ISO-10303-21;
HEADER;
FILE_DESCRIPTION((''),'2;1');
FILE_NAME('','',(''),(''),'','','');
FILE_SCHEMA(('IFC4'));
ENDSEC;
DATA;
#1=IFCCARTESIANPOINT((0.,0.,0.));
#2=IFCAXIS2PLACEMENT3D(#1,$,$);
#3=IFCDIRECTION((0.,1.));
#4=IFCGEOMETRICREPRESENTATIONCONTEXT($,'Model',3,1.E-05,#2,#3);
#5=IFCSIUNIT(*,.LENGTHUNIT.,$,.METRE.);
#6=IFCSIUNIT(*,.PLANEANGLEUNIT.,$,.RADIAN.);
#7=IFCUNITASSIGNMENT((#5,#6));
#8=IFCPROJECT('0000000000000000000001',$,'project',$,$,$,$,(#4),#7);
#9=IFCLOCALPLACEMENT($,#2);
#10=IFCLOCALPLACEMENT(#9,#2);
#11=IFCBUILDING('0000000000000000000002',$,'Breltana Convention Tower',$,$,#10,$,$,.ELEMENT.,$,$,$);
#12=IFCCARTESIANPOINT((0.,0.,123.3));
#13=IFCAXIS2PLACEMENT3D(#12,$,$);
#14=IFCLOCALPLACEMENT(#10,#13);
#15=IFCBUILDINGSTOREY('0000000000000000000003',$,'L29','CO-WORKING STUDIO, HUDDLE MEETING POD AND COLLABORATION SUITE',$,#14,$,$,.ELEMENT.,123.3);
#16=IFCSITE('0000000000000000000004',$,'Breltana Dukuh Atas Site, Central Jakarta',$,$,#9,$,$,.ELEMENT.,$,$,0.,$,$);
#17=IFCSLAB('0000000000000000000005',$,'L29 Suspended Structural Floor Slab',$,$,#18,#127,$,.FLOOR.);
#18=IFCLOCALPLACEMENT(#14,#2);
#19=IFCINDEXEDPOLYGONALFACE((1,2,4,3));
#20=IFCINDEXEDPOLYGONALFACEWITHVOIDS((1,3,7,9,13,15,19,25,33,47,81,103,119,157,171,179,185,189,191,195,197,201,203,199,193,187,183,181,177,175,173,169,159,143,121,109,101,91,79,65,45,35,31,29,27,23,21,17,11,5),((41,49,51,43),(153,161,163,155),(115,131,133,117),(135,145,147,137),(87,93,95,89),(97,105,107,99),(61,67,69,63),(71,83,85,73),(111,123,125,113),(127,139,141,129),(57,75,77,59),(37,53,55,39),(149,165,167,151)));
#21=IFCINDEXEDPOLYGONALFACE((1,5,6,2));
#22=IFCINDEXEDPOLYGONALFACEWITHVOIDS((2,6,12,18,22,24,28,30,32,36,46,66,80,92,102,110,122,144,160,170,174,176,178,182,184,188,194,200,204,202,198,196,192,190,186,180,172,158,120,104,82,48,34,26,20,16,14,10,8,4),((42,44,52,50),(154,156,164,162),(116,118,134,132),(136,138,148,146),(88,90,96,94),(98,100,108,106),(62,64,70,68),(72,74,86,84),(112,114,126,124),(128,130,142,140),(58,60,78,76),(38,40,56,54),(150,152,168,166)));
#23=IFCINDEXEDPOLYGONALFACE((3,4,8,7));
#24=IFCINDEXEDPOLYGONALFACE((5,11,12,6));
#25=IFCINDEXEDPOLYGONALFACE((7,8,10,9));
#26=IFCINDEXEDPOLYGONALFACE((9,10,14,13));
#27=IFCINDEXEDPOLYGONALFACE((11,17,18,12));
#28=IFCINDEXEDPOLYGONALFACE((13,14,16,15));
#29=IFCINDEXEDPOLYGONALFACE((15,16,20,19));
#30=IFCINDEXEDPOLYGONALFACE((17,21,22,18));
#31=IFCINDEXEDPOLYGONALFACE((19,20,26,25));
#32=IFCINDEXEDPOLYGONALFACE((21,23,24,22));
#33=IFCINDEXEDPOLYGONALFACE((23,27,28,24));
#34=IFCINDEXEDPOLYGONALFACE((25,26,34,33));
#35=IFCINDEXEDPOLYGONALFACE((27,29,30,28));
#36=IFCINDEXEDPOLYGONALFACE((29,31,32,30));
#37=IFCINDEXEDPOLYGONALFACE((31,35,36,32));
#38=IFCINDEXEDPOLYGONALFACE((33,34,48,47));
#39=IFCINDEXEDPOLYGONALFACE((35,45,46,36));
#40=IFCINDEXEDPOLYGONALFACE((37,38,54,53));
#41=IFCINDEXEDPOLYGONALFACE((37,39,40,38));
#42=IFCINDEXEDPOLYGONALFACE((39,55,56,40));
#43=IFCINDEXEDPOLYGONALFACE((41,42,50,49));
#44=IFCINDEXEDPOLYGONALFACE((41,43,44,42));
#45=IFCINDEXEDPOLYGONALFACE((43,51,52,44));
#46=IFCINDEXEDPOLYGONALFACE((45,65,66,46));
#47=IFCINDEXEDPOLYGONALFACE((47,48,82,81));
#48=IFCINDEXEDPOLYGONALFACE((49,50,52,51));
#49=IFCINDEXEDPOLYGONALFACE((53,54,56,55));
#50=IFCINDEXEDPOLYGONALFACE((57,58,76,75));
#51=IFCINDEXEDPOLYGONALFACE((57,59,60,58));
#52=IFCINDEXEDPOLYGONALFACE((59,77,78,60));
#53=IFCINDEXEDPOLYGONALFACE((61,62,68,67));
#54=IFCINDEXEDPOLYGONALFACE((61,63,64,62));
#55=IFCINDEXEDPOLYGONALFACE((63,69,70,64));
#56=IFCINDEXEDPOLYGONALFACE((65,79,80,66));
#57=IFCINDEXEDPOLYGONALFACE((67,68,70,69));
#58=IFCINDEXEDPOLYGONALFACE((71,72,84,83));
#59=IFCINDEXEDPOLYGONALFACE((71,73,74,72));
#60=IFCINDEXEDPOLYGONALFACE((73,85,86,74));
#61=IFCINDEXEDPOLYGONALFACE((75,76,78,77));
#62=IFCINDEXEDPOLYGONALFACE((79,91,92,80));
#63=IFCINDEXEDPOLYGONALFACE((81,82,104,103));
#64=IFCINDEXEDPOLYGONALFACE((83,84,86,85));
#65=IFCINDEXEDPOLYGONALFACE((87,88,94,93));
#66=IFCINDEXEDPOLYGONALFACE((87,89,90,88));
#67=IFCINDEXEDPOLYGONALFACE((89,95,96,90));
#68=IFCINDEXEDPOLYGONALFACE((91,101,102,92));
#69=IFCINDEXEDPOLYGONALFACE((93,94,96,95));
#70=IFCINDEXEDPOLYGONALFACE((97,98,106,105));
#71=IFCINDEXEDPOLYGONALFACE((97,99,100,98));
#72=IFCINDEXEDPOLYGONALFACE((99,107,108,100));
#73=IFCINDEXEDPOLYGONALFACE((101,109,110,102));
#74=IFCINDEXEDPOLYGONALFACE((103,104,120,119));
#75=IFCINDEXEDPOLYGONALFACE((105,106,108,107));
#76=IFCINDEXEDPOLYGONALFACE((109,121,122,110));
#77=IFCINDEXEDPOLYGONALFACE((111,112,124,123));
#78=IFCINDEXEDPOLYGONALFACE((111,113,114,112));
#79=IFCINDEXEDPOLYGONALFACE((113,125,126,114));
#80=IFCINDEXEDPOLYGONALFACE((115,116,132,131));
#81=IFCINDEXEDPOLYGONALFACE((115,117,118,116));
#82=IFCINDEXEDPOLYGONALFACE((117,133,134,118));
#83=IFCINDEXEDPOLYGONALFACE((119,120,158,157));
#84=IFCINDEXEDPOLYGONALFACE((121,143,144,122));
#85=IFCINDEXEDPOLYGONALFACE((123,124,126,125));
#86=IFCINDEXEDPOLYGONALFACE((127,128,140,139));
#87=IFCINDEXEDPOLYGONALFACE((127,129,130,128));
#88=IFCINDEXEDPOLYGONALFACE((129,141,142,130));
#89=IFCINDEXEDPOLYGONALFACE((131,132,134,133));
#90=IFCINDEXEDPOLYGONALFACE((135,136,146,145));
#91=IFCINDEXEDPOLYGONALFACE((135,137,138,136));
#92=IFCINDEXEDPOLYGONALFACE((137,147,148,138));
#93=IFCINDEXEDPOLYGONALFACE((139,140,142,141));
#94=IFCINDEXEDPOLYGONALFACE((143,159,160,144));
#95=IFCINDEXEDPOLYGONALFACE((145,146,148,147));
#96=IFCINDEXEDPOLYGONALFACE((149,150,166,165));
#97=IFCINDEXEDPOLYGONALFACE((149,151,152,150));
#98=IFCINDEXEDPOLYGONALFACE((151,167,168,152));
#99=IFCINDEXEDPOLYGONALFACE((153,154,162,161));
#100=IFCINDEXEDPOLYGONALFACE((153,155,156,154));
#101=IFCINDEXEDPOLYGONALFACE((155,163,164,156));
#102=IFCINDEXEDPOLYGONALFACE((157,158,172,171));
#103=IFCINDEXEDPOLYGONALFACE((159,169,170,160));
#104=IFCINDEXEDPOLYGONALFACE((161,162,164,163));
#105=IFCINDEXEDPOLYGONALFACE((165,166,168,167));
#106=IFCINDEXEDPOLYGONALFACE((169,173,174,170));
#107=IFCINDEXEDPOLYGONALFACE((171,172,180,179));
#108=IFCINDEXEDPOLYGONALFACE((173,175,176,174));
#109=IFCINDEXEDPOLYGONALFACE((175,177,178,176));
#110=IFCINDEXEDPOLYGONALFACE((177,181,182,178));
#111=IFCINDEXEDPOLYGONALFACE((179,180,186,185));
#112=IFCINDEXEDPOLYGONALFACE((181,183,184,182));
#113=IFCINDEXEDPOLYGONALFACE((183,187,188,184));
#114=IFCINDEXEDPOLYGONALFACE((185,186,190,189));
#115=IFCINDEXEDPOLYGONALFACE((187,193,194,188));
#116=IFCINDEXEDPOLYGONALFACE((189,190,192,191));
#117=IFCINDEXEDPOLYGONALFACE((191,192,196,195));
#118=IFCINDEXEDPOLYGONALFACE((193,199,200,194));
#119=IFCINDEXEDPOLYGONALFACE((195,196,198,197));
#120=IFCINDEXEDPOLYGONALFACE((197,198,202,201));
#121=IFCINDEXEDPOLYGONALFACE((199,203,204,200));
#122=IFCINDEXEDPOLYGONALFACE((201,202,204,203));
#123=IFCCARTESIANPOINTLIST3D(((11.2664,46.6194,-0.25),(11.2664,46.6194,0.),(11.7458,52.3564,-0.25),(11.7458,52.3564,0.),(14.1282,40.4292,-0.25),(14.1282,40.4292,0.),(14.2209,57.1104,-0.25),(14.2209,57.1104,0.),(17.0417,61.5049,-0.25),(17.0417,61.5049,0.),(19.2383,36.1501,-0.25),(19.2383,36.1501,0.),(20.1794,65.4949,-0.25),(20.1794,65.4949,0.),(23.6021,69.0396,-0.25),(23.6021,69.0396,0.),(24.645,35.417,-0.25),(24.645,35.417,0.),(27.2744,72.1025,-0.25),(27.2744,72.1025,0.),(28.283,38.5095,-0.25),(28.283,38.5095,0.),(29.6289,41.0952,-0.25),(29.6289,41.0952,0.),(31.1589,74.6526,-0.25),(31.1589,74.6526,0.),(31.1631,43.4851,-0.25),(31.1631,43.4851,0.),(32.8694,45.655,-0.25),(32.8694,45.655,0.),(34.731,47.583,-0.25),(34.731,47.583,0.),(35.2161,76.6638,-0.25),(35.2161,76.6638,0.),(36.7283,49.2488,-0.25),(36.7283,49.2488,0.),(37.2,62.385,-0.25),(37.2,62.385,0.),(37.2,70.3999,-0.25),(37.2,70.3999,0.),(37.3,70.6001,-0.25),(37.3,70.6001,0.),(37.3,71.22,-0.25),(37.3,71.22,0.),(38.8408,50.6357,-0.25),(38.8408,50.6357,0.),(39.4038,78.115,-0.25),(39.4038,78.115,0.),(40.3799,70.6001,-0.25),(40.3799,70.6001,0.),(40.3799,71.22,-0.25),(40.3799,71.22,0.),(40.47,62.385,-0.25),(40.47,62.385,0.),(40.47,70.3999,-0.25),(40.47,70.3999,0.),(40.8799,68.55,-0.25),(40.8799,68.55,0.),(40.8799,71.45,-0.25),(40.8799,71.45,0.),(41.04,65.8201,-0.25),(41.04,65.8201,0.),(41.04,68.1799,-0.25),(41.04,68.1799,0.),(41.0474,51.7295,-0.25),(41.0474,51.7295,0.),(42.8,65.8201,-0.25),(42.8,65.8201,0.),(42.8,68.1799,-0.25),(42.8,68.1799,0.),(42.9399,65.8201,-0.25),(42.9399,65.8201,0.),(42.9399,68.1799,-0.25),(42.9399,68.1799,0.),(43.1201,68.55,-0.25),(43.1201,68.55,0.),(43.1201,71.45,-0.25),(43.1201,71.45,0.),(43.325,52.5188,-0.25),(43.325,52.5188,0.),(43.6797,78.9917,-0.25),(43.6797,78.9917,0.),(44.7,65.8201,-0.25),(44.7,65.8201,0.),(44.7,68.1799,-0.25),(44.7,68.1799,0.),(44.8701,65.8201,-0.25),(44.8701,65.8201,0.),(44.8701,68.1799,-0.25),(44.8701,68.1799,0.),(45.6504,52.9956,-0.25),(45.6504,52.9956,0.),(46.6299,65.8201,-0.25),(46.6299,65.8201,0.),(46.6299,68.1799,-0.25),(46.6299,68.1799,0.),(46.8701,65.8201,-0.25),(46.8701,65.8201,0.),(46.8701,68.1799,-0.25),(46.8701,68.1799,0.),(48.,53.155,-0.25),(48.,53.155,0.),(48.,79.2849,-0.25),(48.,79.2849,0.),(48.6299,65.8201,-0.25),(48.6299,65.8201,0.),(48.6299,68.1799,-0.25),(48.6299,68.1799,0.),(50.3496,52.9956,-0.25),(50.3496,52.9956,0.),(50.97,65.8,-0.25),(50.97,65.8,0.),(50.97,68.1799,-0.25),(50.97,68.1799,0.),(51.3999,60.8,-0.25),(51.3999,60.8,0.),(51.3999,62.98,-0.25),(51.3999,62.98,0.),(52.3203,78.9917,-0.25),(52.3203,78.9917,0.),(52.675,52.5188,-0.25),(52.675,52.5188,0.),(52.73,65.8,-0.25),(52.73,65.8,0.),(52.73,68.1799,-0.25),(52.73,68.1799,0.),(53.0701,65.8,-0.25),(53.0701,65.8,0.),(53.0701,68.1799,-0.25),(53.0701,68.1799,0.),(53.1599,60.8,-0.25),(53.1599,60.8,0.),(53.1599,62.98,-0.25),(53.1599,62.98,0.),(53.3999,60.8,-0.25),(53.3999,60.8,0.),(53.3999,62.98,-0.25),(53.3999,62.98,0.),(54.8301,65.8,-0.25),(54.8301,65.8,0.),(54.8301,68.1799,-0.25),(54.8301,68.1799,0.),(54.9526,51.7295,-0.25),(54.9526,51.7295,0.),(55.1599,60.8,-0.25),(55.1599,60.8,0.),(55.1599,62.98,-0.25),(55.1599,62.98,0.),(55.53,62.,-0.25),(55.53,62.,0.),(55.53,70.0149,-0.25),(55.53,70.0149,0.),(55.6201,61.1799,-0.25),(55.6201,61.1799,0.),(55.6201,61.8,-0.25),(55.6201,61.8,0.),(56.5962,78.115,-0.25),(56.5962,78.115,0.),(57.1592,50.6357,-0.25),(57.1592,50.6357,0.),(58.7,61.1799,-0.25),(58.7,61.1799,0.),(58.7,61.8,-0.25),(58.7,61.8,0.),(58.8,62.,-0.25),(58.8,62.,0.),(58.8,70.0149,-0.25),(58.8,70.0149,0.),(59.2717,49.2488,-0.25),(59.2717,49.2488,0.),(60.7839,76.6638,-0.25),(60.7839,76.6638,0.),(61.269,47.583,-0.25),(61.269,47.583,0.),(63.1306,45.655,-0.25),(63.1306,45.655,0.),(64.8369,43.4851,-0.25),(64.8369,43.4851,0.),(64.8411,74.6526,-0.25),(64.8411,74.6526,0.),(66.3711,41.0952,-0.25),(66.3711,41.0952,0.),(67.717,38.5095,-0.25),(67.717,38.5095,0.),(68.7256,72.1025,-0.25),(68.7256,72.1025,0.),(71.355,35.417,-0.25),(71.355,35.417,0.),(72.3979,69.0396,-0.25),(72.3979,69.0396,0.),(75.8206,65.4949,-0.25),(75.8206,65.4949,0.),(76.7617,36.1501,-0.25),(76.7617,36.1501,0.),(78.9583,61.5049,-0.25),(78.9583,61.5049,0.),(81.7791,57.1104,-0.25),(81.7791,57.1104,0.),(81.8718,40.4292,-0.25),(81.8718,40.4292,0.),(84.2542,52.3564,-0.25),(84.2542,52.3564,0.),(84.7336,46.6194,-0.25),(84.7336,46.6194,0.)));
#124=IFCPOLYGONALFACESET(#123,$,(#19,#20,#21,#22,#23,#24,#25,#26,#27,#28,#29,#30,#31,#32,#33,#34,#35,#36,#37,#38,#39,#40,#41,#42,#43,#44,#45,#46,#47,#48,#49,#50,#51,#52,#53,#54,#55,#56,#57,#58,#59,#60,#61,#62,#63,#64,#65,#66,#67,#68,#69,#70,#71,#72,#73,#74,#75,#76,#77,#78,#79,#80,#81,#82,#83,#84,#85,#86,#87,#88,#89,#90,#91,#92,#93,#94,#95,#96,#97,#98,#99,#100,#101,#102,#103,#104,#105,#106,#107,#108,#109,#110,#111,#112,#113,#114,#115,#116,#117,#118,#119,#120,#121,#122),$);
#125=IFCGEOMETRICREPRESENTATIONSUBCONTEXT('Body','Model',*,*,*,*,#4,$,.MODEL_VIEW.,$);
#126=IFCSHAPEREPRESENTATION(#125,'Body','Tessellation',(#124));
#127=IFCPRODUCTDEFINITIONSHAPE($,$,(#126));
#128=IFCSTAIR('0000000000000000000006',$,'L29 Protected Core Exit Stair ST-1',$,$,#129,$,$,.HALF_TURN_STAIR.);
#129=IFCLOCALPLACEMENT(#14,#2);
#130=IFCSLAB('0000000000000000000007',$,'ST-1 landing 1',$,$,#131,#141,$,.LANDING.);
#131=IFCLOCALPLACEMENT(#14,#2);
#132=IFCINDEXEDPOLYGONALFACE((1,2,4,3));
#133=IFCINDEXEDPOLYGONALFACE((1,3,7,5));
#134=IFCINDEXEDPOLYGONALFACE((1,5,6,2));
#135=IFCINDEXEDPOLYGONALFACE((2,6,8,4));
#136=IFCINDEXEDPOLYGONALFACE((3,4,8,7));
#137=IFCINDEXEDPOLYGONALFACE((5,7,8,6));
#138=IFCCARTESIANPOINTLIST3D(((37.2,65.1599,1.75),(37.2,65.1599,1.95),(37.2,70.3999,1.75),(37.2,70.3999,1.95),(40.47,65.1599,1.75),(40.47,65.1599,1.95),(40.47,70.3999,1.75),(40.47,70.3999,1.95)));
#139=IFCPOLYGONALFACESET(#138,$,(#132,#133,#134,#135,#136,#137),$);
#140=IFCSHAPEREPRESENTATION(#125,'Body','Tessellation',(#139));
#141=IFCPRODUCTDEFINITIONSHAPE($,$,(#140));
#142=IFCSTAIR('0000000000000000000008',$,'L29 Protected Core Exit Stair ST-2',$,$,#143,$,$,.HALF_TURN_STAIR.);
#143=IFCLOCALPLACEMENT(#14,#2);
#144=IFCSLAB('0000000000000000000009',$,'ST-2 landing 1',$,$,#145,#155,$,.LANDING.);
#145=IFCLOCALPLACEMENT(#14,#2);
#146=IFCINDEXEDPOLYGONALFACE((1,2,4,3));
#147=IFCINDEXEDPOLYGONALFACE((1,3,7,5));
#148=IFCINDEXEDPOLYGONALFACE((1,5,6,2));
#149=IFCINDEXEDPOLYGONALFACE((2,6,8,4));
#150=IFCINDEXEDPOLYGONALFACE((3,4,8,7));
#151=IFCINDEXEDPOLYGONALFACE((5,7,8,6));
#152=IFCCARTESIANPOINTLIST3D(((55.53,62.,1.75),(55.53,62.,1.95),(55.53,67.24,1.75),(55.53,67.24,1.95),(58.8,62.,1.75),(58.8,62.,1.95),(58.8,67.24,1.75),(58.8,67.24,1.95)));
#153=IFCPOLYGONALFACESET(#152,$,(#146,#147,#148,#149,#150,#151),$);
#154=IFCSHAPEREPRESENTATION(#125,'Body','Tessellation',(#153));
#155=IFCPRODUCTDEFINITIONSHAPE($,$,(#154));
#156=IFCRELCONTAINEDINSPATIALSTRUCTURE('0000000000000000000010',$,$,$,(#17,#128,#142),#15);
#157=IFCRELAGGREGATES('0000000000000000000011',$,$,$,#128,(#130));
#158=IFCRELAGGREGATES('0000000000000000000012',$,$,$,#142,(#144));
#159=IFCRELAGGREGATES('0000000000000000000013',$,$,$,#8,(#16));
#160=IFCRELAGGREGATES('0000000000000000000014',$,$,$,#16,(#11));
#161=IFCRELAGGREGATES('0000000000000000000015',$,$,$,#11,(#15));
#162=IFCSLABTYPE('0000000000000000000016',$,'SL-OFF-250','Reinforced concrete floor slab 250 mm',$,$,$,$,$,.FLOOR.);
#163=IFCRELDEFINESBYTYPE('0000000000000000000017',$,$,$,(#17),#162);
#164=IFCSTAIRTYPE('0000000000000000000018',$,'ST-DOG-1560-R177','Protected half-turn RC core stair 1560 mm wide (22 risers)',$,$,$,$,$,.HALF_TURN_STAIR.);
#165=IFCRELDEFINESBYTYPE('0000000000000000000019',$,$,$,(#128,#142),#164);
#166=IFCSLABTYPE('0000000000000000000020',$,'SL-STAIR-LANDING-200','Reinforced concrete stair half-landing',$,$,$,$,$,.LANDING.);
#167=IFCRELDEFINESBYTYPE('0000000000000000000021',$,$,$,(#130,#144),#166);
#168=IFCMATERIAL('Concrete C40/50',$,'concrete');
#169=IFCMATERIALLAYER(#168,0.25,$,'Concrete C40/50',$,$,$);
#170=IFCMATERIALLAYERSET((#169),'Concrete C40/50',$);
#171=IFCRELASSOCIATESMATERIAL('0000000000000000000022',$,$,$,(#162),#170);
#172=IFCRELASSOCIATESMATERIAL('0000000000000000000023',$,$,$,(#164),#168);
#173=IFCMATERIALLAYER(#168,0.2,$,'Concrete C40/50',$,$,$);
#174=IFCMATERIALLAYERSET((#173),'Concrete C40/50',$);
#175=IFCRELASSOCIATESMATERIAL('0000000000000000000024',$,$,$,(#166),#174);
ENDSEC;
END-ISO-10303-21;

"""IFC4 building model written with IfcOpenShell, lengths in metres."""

from ifc_helpers import new_model, si_unit, direction, frame, origin, place, context, subcontext, project, spatial, polyline, outline, extrude, material, layer, layer_set, type_object, element, aggregate, save


model = new_model("IFC4")

# Units and contexts
model_context = context("Model", 3, precision=1e-05, world=origin(), true_north=direction((0.0, 1.0)))
body_context = subcontext(model_context, "Body", "Model", "MODEL_VIEW")
ifc_project = project(units=[si_unit("LENGTHUNIT", "METRE"), si_unit("PLANEANGLEUNIT", "RADIAN")], contexts=[model_context])

# Site, building, storey
site_placement = place(None, origin())
site = spatial("IfcSite", under=ifc_project, at=site_placement, Name="Breltana Dukuh Atas Site, Central Jakarta", CompositionType="ELEMENT", RefElevation=0.0)
building_placement = place(site_placement, origin())
building = spatial("IfcBuilding", under=site, at=building_placement, Name="Breltana Convention Tower", CompositionType="ELEMENT")
storey_placement = place(building_placement, frame((0.0, 0.0, 123.3)))
storey = spatial("IfcBuildingStorey", under=building, at=storey_placement, Name="L29", Description="CO-WORKING STUDIO, HUDDLE MEETING POD AND COLLABORATION SUITE", CompositionType="ELEMENT", Elevation=123.3)

# Slab
ifc_material_1 = material(Name="Concrete C40/50", Category="concrete")
ifc_layer_1 = layer(ifc_material_1, 0.25, Name="Concrete C40/50")
ifc_layer_set_1 = layer_set([ifc_layer_1], Name="Concrete C40/50")
slab_type_1 = type_object("IfcSlabType", Name="SL-OFF-250", Description="Reinforced concrete floor slab 250 mm", PredefinedType="FLOOR", material=ifc_layer_set_1)
slab_1_placement = place(storey_placement, frame((0.0, 0.0, -0.25)))
element("IfcSlab", 1, at=slab_1_placement, inside=storey, type_object=slab_type_1, Name="L29 Suspended Structural Floor Slab", PredefinedType="FLOOR", context=body_context, shape_type="SweptSolid", body=[
    extrude(outline(polyline([(84.2542, 52.3564), (81.7791, 57.1104), (78.9583, 61.5049), (75.8206, 65.4949), (72.3979, 69.0396), (68.7256, 72.1025), (64.8411, 74.6526), (60.7839, 76.6638), (56.5962, 78.115), (52.3203, 78.9917), (48.0, 79.2849), (43.6797, 78.9917), (39.4038, 78.115), (35.2161, 76.6638), (31.1589, 74.6526), (27.2744, 72.1025), (23.6021, 69.0396), (20.1794, 65.4949), (17.0417, 61.5049), (14.2209, 57.1104), (11.7458, 52.3564), (11.2664, 46.6194), (14.1282, 40.4292), (19.2383, 36.1501), (24.645, 35.417), (28.283, 38.5095), (29.6289, 41.0952), (31.1631, 43.4851), (32.8694, 45.655), (34.731, 47.583), (36.7283, 49.2488), (38.8408, 50.6357), (41.0474, 51.7295), (43.325, 52.5188), (45.6504, 52.9956), (48.0, 53.155), (50.3496, 52.9956), (52.675, 52.5188), (54.9526, 51.7295), (57.1592, 50.6357), (59.2717, 49.2488), (61.269, 47.583), (63.1306, 45.655), (64.8369, 43.4851), (66.3711, 41.0952), (67.717, 38.5095), (71.355, 35.417), (76.7617, 36.1501), (81.8718, 40.4292), (84.7336, 46.6194), (84.2542, 52.3564)]), holes=[polyline([(37.2, 62.385), (40.47, 62.385), (40.47, 70.3999), (37.2, 70.3999), (37.2, 62.385)]), polyline([(55.53, 62.0), (58.8, 62.0), (58.8, 70.0149), (55.53, 70.0149), (55.53, 62.0)]), polyline([(51.3999, 60.8), (53.1599, 60.8), (53.1599, 62.98), (51.3999, 62.98), (51.3999, 60.8)]), polyline([(53.3999, 60.8), (55.1599, 60.8), (55.1599, 62.98), (53.3999, 62.98), (53.3999, 60.8)]), polyline([(41.04, 65.8201), (42.8, 65.8201), (42.8, 68.1799), (41.04, 68.1799), (41.04, 65.8201)]), polyline([(42.9399, 65.8201), (44.7, 65.8201), (44.7, 68.1799), (42.9399, 68.1799), (42.9399, 65.8201)]), polyline([(44.8701, 65.8201), (46.6299, 65.8201), (46.6299, 68.1799), (44.8701, 68.1799), (44.8701, 65.8201)]), polyline([(46.8701, 65.8201), (48.6299, 65.8201), (48.6299, 68.1799), (46.8701, 68.1799), (46.8701, 65.8201)]), polyline([(50.97, 65.8), (52.73, 65.8), (52.73, 68.1799), (50.97, 68.1799), (50.97, 65.8)]), polyline([(53.0701, 65.8), (54.8301, 65.8), (54.8301, 68.1799), (53.0701, 68.1799), (53.0701, 65.8)]), polyline([(40.8799, 68.55), (43.1201, 68.55), (43.1201, 71.45), (40.8799, 71.45), (40.8799, 68.55)]), polyline([(37.3, 70.6001), (40.3799, 70.6001), (40.3799, 71.22), (37.3, 71.22), (37.3, 70.6001)]), polyline([(55.6201, 61.1799), (58.7, 61.1799), (58.7, 61.8), (55.6201, 61.8), (55.6201, 61.1799)])]), origin(), (0.0, 0.0, 1.0), 0.25),
])

# Stairs, slabs
stair_type = type_object("IfcStairType", Name="ST-DOG-1560-R177", Description="Protected half-turn RC core stair 1560 mm wide (22 risers)", PredefinedType="HALF_TURN_STAIR", material=ifc_material_1)
stair_1_placement = place(storey_placement, origin())
stair_1 = element("IfcStair", 2, at=stair_1_placement, inside=storey, type_object=stair_type, Name="L29 Protected Core Exit Stair ST-1", PredefinedType="HALF_TURN_STAIR")
ifc_layer_2 = layer(ifc_material_1, 0.2, Name="Concrete C40/50")
ifc_layer_set_2 = layer_set([ifc_layer_2], Name="Concrete C40/50")
slab_type_2 = type_object("IfcSlabType", Name="SL-STAIR-LANDING-200", Description="Reinforced concrete stair half-landing", PredefinedType="LANDING", material=ifc_layer_set_2)
slab_2_placement = place(storey_placement, frame((0.0, 0.0, 1.75)))
slab_2 = element("IfcSlab", 3, at=slab_2_placement, type_object=slab_type_2, Name="ST-1 landing 1", PredefinedType="LANDING", context=body_context, shape_type="SweptSolid", body=[
    extrude(outline(polyline([(40.47, 65.1599), (40.47, 70.3999), (37.2, 70.3999), (37.2, 65.1599), (40.47, 65.1599)])), origin(), (0.0, 0.0, 1.0), 0.2),
])
aggregate(stair_1, [slab_2])
stair_2_placement = place(storey_placement, origin())
stair_2 = element("IfcStair", 4, at=stair_2_placement, inside=storey, type_object=stair_type, Name="L29 Protected Core Exit Stair ST-2", PredefinedType="HALF_TURN_STAIR")
slab_3_placement = place(storey_placement, frame((0.0, 0.0, 1.75)))
slab_3 = element("IfcSlab", 5, at=slab_3_placement, type_object=slab_type_2, Name="ST-2 landing 1", PredefinedType="LANDING", context=body_context, shape_type="SweptSolid", body=[
    extrude(outline(polyline([(55.53, 67.24), (55.53, 62.0), (58.8, 62.0), (58.8, 67.24), (55.53, 67.24)])), origin(), (0.0, 0.0, 1.0), 0.2),
])
aggregate(stair_2, [slab_3])

save(model, "model.ifc")
